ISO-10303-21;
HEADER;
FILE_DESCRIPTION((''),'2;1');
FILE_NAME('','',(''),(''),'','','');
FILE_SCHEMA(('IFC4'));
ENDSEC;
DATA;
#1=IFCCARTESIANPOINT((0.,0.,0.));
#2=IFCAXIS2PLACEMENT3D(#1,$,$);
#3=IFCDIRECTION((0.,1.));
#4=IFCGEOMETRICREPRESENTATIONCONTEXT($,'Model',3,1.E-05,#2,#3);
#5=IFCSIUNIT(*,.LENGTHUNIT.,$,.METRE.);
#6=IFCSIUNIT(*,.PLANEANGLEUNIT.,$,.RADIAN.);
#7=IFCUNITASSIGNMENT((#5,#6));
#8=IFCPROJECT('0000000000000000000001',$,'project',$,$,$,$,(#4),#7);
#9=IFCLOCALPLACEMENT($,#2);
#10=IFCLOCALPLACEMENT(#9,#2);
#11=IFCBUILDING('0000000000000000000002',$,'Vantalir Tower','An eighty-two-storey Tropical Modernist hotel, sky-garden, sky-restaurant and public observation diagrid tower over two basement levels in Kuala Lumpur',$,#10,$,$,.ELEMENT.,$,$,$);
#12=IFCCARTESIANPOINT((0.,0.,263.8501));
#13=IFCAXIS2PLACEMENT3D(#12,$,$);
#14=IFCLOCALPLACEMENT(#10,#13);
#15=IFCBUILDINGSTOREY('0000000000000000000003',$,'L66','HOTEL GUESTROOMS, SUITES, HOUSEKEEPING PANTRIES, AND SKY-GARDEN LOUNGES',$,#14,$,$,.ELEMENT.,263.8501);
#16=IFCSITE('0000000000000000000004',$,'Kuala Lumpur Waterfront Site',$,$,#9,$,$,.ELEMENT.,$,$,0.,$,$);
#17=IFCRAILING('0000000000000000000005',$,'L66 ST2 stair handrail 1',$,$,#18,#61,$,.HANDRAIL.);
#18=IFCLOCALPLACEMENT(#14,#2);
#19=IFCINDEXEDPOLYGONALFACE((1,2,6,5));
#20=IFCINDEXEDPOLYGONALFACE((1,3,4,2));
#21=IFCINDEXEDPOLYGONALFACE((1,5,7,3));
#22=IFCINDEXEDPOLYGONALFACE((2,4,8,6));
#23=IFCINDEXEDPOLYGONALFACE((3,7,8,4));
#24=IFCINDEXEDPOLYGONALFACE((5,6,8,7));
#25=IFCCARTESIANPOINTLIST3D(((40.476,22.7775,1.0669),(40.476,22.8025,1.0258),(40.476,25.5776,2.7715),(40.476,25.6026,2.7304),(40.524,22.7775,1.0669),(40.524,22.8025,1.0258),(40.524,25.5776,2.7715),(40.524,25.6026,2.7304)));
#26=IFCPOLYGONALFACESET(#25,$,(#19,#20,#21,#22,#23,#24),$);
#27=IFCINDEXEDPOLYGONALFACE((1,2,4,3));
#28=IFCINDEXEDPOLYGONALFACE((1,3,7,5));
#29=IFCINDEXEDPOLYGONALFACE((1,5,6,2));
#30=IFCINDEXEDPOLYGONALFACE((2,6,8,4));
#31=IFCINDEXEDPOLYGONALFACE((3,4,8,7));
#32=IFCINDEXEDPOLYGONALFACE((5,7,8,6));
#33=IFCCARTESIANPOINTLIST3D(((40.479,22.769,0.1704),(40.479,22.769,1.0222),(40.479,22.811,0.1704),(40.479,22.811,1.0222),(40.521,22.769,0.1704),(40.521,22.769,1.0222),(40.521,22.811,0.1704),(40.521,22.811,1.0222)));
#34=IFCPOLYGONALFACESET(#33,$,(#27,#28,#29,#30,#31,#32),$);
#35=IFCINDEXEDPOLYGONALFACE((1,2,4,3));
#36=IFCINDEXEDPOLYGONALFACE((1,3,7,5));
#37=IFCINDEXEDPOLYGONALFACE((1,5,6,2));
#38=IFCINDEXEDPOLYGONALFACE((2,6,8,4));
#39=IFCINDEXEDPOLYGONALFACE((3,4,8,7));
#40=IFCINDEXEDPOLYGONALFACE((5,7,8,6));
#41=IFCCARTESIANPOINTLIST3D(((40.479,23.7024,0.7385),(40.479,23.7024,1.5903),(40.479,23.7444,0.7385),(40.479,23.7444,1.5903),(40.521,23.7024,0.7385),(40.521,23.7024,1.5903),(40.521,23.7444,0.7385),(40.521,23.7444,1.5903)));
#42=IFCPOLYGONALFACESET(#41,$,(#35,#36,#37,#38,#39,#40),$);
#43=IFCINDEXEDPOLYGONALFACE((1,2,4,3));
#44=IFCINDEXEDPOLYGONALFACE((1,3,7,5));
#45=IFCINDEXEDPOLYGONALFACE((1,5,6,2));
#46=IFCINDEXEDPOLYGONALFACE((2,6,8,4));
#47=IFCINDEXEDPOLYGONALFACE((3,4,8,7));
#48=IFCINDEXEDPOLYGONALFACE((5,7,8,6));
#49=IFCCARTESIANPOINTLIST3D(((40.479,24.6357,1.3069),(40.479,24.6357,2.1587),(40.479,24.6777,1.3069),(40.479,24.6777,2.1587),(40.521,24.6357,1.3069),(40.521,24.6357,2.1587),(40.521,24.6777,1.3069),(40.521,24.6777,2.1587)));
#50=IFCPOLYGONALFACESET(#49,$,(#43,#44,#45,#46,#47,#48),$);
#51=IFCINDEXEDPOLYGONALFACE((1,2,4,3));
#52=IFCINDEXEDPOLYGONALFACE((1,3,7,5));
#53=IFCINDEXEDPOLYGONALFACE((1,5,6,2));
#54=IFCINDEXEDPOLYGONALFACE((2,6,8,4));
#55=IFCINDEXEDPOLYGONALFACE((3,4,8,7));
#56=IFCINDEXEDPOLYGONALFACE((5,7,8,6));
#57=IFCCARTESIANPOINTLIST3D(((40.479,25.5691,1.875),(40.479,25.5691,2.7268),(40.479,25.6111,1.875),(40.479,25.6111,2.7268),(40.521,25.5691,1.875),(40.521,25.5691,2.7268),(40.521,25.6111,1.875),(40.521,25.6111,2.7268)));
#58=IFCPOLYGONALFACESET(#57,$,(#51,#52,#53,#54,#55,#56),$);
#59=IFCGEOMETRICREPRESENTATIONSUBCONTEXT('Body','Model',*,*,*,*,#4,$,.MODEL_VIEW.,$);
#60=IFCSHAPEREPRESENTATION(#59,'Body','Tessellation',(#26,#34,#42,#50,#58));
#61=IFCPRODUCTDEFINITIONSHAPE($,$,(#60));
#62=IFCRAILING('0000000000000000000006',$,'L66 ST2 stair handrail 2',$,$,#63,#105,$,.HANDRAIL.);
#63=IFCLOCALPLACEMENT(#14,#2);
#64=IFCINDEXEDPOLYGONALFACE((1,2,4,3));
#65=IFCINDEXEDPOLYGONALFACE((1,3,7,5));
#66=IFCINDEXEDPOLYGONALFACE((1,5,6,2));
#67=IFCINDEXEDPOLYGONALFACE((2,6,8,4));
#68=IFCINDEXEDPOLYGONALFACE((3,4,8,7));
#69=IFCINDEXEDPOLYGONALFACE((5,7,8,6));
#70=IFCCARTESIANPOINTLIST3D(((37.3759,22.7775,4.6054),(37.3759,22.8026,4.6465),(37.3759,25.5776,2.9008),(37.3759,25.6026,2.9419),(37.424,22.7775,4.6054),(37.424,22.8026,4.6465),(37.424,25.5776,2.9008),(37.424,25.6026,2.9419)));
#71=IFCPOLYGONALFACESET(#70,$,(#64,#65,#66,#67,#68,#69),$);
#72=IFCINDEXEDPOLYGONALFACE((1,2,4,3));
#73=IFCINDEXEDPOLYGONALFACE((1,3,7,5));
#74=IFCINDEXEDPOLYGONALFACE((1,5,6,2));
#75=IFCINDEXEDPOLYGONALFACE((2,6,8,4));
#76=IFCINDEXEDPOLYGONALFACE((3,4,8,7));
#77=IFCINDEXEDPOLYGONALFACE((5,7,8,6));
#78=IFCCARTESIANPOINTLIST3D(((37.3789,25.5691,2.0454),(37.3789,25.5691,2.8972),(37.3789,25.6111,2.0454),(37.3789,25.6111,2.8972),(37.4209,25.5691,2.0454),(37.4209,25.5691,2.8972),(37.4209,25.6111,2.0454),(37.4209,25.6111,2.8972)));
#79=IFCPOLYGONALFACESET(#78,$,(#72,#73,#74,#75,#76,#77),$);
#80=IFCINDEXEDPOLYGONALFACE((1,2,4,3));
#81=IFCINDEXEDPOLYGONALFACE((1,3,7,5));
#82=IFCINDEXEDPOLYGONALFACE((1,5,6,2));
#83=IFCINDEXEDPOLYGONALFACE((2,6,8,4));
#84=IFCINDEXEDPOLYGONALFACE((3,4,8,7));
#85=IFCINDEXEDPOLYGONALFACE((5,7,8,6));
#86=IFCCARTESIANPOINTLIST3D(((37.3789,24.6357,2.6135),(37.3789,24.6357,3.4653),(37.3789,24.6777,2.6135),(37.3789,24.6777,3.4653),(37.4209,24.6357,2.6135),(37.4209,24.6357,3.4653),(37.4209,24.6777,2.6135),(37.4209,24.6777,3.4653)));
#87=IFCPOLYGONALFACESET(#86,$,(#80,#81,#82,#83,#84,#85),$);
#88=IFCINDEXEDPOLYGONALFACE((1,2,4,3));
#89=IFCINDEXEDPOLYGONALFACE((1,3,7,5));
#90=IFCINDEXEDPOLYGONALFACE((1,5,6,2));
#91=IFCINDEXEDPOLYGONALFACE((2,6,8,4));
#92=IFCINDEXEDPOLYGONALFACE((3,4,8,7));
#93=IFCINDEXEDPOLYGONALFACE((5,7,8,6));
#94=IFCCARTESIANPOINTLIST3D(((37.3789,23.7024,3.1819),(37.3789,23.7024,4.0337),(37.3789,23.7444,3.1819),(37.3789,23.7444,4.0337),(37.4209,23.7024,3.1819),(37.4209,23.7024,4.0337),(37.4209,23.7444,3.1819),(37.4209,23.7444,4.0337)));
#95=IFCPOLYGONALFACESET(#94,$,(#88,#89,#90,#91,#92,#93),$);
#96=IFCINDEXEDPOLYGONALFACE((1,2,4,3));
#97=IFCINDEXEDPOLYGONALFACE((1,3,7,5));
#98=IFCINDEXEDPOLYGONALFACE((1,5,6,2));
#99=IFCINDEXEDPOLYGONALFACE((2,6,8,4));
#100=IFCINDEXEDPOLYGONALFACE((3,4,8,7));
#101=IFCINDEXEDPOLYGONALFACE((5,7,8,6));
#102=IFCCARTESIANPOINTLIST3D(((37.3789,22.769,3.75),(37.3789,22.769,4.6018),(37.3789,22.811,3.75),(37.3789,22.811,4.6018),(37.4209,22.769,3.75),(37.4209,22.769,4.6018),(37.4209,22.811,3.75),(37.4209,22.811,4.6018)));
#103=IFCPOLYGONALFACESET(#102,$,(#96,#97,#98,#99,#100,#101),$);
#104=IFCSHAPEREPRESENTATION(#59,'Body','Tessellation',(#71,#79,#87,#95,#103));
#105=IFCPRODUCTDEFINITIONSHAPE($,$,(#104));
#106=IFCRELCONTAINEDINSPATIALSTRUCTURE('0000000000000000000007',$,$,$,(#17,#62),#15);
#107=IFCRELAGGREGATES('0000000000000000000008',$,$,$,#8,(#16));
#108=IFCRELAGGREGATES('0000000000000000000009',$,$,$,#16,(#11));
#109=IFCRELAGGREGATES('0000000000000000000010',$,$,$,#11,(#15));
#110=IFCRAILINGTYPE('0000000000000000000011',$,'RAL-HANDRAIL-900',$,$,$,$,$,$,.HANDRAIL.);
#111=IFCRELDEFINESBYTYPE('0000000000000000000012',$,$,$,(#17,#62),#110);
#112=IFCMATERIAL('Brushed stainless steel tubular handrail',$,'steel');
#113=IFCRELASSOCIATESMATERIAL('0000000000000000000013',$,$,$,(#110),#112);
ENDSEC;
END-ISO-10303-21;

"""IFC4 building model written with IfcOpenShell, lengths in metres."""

from ifc_helpers import new_model, si_unit, direction, frame, origin, origin_2d, place, context, subcontext, project, spatial, rectangle, extrude, material, type_object, element, save


model = new_model("IFC4")

# Units and contexts
model_context = context("Model", 3, precision=1e-05, world=origin(), true_north=direction((0.0, 1.0)))
body_context = subcontext(model_context, "Body", "Model", "MODEL_VIEW")
ifc_project = project(units=[si_unit("LENGTHUNIT", "METRE"), si_unit("PLANEANGLEUNIT", "RADIAN")], contexts=[model_context])

# Site, building, storey
site_placement = place(None, origin())
site = spatial("IfcSite", under=ifc_project, at=site_placement, Name="Kuala Lumpur Waterfront Site", CompositionType="ELEMENT", RefElevation=0.0)
building_placement = place(site_placement, origin())
building = spatial("IfcBuilding", under=site, at=building_placement, Name="Vantalir Tower", Description="An eighty-two-storey Tropical Modernist hotel, sky-garden, sky-restaurant and public observation diagrid tower over two basement levels in Kuala Lumpur", CompositionType="ELEMENT")
storey_placement = place(building_placement, frame((0.0, 0.0, 263.8501)))
storey = spatial("IfcBuildingStorey", under=building, at=storey_placement, Name="L66", Description="HOTEL GUESTROOMS, SUITES, HOUSEKEEPING PANTRIES, AND SKY-GARDEN LOUNGES", CompositionType="ELEMENT", Elevation=263.8501)

# Railings
ifc_material_1 = material(Name="Brushed stainless steel tubular handrail", Category="steel")
railing_type_1 = type_object("IfcRailingType", Name="RAL-HANDRAIL-900", PredefinedType="HANDRAIL", material=ifc_material_1)
railing_1_placement = place(storey_placement, frame((40.5, 22.79, 0.1704)))
element("IfcRailing", 1, at=railing_1_placement, inside=storey, type_object=railing_type_1, Name="L66 ST2 stair handrail 1", PredefinedType="HANDRAIL", context=body_context, shape_type="SweptSolid", body=[
    extrude(rectangle(XDim=0.0481, YDim=0.0481, at=origin_2d()), frame((0.0, 0.0, 0.876), z_axis=(0.0, 0.85417, 0.519994), x_axis=(-1.0, 0.0, 0.0)), (0.0, 0.0, 1.0), 3.2781),
    extrude(rectangle(XDim=0.042, YDim=0.042, at=origin_2d()), origin(), (0.0, 0.0, 1.0), 0.8518),
    extrude(rectangle(XDim=0.042, YDim=0.042, at=origin_2d()), frame((0.0, 0.9333, 0.5681)), (0.0, 0.0, 1.0), 0.8518),
    extrude(rectangle(XDim=0.042, YDim=0.042, at=origin_2d()), frame((0.0, 1.8667, 1.1365)), (0.0, 0.0, 1.0), 0.8518),
    extrude(rectangle(XDim=0.042, YDim=0.042, at=origin_2d()), frame((0.0, 2.8, 1.7046)), (0.0, 0.0, 1.0), 0.8518),
])
railing_2_placement = place(storey_placement, frame((37.3999, 25.5901, 2.0454)))
element("IfcRailing", 2, at=railing_2_placement, inside=storey, type_object=railing_type_1, Name="L66 ST2 stair handrail 2", PredefinedType="HANDRAIL", context=body_context, shape_type="SweptSolid", body=[
    extrude(rectangle(XDim=0.0481, YDim=0.0481, at=origin_2d()), frame((0.0, 0.0, 0.876), z_axis=(0.0, -0.85417, 0.519994), x_axis=(1.0, 0.0, 0.0)), (0.0, 0.0, 1.0), 3.2781),
    extrude(rectangle(XDim=0.042, YDim=0.042, at=origin_2d()), origin(), (0.0, 0.0, 1.0), 0.8518),
    extrude(rectangle(XDim=0.042, YDim=0.042, at=origin_2d()), frame((0.0, -0.9333, 0.5681)), (0.0, 0.0, 1.0), 0.8518),
    extrude(rectangle(XDim=0.042, YDim=0.042, at=origin_2d()), frame((0.0, -1.8667, 1.1365)), (0.0, 0.0, 1.0), 0.8518),
    extrude(rectangle(XDim=0.042, YDim=0.042, at=origin_2d()), frame((0.0, -2.8, 1.7046)), (0.0, 0.0, 1.0), 0.8518),
])

save(model, "model.ifc")
